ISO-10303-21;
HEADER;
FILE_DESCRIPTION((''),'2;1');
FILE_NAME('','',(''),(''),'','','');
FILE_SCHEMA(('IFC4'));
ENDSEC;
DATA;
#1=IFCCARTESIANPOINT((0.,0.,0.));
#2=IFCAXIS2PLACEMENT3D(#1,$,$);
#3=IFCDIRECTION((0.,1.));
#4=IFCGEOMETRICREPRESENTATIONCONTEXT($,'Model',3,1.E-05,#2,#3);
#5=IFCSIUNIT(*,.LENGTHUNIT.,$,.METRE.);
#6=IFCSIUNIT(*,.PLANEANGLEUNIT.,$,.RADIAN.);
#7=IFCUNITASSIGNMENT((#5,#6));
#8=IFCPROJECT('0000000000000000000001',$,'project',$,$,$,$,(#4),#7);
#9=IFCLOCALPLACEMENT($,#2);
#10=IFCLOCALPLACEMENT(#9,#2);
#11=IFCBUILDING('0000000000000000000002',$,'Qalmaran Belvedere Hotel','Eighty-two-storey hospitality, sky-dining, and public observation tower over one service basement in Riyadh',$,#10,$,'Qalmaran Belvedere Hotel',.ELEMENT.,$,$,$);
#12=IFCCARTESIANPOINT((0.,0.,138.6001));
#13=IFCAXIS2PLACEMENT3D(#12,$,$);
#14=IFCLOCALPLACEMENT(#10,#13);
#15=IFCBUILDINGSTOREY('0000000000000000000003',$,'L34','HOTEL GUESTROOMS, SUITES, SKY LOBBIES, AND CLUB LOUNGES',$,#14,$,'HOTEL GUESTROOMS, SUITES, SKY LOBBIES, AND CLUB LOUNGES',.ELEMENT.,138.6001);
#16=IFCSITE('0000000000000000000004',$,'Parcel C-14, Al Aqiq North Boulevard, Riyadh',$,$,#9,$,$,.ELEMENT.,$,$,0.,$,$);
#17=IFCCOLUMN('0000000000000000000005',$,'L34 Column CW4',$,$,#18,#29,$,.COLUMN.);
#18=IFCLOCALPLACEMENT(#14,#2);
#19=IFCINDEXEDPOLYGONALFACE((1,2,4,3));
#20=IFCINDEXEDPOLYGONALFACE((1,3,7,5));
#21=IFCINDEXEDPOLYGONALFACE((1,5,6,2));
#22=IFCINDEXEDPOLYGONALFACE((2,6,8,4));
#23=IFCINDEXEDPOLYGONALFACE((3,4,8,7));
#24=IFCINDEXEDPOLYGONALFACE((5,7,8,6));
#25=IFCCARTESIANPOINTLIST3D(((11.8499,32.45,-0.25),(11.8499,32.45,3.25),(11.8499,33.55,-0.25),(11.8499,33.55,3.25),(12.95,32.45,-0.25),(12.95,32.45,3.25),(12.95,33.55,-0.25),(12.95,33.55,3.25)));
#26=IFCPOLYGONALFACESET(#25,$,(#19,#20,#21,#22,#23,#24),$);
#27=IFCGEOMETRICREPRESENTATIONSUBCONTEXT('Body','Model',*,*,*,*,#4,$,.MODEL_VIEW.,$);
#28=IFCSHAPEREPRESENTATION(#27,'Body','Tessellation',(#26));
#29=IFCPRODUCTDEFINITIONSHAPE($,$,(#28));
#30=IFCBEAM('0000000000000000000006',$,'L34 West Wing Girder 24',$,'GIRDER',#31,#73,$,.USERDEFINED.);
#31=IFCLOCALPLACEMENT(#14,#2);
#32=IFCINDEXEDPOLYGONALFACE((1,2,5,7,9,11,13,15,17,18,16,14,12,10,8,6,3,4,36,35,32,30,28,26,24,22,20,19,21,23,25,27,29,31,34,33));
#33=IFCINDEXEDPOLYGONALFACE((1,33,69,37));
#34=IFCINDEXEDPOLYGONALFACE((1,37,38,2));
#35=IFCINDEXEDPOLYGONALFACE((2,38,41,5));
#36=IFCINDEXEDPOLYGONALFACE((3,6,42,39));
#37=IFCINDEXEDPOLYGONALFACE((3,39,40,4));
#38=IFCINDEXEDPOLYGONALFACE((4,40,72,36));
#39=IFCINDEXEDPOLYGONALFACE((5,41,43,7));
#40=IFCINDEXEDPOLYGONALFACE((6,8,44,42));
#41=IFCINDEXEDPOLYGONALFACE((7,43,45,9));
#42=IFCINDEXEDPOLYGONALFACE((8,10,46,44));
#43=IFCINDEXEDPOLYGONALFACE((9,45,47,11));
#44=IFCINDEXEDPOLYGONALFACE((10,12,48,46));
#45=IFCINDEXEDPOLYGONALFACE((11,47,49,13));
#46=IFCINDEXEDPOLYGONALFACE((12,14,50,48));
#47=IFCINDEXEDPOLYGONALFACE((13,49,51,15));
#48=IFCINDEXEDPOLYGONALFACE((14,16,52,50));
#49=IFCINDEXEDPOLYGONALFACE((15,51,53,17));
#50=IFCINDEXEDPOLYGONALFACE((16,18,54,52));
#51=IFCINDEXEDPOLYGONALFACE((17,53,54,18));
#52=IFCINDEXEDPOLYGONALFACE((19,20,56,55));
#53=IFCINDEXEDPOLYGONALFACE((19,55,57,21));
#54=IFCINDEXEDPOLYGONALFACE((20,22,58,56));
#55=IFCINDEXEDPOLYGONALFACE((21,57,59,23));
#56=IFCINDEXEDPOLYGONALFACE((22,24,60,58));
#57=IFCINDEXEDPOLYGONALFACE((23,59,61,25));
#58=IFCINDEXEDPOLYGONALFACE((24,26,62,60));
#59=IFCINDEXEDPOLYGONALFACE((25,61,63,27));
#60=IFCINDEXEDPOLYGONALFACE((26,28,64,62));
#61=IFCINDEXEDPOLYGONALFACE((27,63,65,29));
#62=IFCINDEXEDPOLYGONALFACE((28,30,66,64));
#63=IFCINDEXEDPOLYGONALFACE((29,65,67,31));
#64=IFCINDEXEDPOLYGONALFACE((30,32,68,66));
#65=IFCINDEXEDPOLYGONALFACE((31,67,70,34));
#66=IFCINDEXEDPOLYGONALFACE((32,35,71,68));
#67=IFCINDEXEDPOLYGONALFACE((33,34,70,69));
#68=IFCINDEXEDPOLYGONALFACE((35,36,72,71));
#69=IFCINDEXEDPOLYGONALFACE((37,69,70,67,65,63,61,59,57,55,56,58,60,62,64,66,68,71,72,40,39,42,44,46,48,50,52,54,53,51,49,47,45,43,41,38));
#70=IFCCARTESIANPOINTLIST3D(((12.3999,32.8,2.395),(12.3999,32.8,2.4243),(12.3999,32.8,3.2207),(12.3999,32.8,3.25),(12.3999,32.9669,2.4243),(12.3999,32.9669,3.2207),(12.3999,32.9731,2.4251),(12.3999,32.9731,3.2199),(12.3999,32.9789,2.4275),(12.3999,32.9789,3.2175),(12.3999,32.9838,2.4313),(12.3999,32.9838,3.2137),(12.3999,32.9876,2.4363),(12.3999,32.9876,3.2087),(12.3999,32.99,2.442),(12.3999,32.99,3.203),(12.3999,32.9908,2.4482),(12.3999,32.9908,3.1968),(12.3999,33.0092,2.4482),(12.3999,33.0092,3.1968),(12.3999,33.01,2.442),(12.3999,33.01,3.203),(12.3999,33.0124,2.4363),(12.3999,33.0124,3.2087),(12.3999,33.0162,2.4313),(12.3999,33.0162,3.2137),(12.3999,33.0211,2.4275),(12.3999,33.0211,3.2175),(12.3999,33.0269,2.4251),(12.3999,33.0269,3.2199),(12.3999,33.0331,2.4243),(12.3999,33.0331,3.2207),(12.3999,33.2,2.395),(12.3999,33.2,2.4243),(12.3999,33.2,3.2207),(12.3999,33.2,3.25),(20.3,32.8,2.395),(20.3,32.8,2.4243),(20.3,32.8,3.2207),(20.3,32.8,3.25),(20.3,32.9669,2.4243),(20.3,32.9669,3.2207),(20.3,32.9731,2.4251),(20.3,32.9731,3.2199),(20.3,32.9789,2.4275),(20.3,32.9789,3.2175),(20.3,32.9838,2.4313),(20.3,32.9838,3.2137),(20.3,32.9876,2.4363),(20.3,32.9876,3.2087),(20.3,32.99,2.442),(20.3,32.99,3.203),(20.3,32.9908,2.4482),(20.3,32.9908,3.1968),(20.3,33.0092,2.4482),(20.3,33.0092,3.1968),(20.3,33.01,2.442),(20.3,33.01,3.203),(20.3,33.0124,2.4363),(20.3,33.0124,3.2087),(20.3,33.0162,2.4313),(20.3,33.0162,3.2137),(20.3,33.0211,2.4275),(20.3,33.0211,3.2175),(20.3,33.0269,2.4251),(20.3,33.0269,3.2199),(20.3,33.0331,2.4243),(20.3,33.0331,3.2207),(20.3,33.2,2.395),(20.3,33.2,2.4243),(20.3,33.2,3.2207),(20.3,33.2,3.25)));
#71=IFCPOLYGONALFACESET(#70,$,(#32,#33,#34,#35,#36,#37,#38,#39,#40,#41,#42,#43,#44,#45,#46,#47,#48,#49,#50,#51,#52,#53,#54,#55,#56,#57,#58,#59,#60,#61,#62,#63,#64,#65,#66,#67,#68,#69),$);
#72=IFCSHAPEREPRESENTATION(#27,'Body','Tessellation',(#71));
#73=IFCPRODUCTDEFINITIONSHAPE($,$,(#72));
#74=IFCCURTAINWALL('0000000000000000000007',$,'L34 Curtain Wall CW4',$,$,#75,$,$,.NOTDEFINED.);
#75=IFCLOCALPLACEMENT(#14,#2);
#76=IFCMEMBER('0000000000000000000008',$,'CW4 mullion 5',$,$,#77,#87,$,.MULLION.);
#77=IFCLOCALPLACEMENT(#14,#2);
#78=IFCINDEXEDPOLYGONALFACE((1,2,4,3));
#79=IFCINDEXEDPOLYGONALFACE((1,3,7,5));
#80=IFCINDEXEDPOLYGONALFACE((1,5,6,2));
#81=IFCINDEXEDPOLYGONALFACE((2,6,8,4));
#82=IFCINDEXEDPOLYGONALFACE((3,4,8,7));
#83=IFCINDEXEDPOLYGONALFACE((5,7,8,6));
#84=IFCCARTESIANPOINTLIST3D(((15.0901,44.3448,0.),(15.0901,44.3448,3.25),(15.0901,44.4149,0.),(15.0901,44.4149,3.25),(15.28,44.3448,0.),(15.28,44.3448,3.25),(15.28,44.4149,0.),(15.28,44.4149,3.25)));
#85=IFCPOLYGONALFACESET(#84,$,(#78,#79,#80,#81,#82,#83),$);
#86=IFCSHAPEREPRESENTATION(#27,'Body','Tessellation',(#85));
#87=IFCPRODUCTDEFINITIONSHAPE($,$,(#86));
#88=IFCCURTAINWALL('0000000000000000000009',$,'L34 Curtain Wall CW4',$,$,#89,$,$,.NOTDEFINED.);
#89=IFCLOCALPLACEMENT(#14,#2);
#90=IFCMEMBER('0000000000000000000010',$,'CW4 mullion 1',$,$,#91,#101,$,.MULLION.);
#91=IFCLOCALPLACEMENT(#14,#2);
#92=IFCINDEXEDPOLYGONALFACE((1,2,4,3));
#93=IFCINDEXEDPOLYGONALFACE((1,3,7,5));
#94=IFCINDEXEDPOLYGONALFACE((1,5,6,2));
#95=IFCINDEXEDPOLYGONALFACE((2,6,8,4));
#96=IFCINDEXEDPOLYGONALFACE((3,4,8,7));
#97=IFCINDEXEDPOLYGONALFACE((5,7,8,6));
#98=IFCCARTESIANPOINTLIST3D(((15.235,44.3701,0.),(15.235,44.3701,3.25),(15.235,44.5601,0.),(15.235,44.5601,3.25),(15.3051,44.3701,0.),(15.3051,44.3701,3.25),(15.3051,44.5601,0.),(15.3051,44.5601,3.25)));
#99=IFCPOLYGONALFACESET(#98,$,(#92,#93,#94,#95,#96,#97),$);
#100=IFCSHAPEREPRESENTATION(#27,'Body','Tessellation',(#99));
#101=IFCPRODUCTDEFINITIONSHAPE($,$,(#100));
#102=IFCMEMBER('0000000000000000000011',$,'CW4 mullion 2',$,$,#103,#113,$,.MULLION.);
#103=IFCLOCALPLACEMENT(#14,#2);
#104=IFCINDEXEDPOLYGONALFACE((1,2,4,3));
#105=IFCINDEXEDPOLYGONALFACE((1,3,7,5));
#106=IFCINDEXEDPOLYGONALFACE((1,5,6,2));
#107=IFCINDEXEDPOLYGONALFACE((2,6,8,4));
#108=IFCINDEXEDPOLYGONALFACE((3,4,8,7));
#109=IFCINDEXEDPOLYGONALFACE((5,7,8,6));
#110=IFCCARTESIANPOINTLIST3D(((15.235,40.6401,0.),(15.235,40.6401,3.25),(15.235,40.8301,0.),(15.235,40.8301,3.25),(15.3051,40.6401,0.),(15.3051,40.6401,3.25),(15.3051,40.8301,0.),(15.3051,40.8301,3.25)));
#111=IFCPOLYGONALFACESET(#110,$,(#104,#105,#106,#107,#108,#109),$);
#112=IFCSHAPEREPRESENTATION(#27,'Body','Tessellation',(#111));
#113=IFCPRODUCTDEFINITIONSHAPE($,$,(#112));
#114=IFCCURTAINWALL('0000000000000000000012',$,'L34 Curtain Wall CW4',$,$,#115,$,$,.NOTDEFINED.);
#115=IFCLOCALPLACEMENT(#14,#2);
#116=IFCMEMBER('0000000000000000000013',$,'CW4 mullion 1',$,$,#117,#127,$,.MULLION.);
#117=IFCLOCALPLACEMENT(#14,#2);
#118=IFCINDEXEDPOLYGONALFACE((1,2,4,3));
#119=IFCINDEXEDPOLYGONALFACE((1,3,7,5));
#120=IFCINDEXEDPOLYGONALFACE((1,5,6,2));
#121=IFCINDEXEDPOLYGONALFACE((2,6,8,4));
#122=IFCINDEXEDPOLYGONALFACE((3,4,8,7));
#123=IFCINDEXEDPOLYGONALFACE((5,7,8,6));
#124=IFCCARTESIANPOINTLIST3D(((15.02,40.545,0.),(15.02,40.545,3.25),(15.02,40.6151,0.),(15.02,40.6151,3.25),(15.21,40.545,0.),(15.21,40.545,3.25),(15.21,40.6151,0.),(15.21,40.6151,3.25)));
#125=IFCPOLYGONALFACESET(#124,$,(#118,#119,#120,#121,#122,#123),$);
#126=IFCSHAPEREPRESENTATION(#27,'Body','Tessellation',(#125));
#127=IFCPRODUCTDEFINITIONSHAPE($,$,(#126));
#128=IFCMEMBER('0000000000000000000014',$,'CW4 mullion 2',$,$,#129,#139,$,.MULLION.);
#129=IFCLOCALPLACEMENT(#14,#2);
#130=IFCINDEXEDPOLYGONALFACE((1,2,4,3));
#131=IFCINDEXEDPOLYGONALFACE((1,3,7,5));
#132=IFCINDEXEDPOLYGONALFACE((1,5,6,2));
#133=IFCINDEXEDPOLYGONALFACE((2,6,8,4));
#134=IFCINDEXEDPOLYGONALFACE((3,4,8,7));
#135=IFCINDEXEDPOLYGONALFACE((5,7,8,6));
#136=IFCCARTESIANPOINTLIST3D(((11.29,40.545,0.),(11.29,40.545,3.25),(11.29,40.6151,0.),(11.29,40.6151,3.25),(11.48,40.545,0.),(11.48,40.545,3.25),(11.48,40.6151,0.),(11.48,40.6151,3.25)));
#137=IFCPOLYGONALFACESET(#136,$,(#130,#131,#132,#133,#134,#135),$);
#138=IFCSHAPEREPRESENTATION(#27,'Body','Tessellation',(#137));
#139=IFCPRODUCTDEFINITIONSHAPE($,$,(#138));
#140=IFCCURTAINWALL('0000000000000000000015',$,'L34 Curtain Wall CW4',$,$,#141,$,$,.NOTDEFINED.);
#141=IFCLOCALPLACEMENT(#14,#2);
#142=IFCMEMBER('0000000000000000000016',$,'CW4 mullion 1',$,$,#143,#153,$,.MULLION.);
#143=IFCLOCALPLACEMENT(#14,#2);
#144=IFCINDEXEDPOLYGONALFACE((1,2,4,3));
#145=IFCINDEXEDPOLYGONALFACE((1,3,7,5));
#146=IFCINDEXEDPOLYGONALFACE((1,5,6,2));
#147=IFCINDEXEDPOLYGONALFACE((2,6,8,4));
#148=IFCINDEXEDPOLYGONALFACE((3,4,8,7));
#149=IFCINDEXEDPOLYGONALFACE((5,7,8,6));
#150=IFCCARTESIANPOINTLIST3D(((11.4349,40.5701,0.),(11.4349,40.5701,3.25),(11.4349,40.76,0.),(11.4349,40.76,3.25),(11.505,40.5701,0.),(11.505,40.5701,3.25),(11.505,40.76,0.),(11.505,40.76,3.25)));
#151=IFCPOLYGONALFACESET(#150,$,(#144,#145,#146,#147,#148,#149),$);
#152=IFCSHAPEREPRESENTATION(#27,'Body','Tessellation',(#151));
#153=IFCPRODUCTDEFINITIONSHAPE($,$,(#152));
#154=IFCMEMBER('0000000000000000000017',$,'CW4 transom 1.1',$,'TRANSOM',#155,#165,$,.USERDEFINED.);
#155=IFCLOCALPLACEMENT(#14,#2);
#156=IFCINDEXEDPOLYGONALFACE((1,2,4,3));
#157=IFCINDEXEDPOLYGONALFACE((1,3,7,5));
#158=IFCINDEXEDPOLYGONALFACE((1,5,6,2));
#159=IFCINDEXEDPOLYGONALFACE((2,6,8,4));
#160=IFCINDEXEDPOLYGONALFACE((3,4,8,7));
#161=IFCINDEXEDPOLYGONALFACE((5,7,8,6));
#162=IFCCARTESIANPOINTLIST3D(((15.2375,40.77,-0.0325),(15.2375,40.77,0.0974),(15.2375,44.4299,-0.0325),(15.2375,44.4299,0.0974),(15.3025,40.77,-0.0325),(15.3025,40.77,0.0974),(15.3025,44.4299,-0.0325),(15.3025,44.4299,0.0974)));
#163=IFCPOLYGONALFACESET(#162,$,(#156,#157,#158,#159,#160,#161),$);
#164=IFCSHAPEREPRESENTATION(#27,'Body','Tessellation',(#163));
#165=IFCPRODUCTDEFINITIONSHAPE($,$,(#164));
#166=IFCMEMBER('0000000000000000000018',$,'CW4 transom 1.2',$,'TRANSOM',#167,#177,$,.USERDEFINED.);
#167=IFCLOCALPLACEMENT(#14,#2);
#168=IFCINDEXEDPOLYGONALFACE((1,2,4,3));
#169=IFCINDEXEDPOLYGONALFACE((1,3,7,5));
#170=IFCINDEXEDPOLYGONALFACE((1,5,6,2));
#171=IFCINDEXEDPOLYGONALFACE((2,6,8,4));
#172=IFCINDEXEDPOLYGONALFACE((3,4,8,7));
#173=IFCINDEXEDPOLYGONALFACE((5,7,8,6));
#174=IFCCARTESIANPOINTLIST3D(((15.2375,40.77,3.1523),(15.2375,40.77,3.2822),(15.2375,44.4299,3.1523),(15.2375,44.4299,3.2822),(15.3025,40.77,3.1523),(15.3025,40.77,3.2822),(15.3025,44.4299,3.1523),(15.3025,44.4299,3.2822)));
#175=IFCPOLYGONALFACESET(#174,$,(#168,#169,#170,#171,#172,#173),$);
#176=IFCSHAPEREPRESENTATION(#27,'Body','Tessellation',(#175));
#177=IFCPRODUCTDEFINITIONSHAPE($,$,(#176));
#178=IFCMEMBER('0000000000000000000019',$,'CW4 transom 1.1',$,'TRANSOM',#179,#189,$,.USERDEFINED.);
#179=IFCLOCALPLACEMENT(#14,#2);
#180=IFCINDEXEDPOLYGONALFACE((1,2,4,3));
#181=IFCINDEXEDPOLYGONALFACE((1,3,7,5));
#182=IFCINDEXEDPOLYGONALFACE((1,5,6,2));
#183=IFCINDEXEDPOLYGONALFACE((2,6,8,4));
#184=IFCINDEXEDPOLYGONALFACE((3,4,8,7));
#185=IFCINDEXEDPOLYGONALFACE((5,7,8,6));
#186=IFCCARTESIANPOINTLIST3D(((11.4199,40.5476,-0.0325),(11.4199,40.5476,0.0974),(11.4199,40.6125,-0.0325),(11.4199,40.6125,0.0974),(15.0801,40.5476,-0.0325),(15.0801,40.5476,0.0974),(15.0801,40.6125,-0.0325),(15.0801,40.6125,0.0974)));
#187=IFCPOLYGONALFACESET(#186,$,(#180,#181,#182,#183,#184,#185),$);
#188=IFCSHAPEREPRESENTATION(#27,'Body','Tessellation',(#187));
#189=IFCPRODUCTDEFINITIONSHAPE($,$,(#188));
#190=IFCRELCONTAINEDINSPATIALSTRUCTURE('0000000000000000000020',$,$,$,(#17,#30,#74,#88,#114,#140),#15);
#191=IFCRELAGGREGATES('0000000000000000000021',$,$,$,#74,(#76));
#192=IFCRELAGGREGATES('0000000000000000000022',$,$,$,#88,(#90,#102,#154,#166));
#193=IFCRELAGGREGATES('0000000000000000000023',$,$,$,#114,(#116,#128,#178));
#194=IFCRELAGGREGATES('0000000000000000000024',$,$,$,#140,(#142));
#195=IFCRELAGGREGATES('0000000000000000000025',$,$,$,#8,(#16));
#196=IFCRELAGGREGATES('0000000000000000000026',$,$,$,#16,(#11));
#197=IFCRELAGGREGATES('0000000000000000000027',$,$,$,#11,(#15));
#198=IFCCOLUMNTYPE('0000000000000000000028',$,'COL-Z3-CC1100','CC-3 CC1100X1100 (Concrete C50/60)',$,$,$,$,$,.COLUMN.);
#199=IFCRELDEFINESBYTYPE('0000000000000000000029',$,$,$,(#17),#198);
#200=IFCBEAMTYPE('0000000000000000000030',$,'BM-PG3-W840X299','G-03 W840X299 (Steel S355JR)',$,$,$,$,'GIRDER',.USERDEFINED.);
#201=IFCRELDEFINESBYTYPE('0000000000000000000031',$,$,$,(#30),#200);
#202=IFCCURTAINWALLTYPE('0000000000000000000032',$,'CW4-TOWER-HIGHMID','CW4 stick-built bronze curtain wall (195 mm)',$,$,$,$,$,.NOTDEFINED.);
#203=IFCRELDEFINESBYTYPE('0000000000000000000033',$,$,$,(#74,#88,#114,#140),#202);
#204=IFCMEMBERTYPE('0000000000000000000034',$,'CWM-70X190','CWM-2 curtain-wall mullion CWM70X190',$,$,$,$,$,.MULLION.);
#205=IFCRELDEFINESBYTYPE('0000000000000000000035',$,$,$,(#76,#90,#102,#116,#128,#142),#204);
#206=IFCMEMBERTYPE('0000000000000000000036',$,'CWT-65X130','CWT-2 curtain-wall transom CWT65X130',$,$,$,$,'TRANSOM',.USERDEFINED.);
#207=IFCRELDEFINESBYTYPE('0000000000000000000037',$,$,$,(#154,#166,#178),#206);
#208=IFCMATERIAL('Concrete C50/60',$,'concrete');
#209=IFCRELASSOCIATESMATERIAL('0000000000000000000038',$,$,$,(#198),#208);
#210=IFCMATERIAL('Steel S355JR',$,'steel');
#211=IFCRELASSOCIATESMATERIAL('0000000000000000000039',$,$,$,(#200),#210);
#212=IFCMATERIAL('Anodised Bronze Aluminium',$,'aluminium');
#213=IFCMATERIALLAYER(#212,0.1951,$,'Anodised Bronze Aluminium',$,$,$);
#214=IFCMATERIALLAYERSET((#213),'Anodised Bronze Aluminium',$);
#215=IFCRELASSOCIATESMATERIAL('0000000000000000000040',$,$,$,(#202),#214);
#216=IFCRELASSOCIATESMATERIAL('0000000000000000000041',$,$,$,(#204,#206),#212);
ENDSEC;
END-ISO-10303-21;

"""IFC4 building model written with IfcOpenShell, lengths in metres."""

from ifc_helpers import new_model, si_unit, direction, frame, origin, origin_2d, place, context, subcontext, project, spatial, rectangle, i_section, extrude, material, layer, layer_set, material_profile, profile_set, type_object, element, aggregate, save


model = new_model("IFC4")

# Units and contexts
model_context = context("Model", 3, precision=1e-05, world=origin(), true_north=direction((0.0, 1.0)))
body_context = subcontext(model_context, "Body", "Model", "MODEL_VIEW")
ifc_project = project(units=[si_unit("LENGTHUNIT", "METRE"), si_unit("PLANEANGLEUNIT", "RADIAN")], contexts=[model_context])

# Site, building, storey
site_placement = place(None, origin())
site = spatial("IfcSite", under=ifc_project, at=site_placement, Name="Parcel C-14, Al Aqiq North Boulevard, Riyadh", CompositionType="ELEMENT", RefElevation=0.0)
building_placement = place(site_placement, origin())
building = spatial("IfcBuilding", under=site, at=building_placement, Name="Qalmaran Belvedere Hotel", Description="Eighty-two-storey hospitality, sky-dining, and public observation tower over one service basement in Riyadh", LongName="Qalmaran Belvedere Hotel", CompositionType="ELEMENT")
storey_placement = place(building_placement, frame((0.0, 0.0, 138.6001)))
storey = spatial("IfcBuildingStorey", under=building, at=storey_placement, Name="L34", Description="HOTEL GUESTROOMS, SUITES, SKY LOBBIES, AND CLUB LOUNGES", LongName="HOTEL GUESTROOMS, SUITES, SKY LOBBIES, AND CLUB LOUNGES", CompositionType="ELEMENT", Elevation=138.6001)

# Column
ifc_material_1 = material(Name="Concrete C50/60", Category="concrete")
ifc_material_profile_1 = material_profile(ifc_material_1, rectangle(XDim=1.1001, YDim=1.1001, at=origin_2d()), Name="CC1100X1100")
ifc_profile_set_1 = profile_set([ifc_material_profile_1], Name="Concrete C50/60")
column_type = type_object("IfcColumnType", Name="COL-Z3-CC1100", Description="CC-3 CC1100X1100 (Concrete C50/60)", PredefinedType="COLUMN", material=ifc_profile_set_1)
column_placement = place(storey_placement, frame((12.3999, 33.0, -0.25), z_axis=(0.0, 0.0, 1.0), x_axis=(1.0, 0.0, 0.0)))
element("IfcColumn", 1, at=column_placement, inside=storey, type_object=column_type, Name="L34 Column CW4", PredefinedType="COLUMN", context=body_context, shape_type="SweptSolid", body=[
    extrude(rectangle(XDim=1.1001, YDim=1.1001, at=origin_2d()), origin(), (0.0, 0.0, 1.0), 3.5),
])

# Beam
ifc_material_2 = material(Name="Steel S355JR", Category="steel")
ifc_material_profile_2 = material_profile(ifc_material_2, i_section(OverallWidth=0.3999, OverallDepth=0.855, WebThickness=0.0183, FlangeThickness=0.0293, FilletRadius=0.0239, at=origin_2d()), Name="W840X299")
ifc_profile_set_2 = profile_set([ifc_material_profile_2], Name="Steel S355JR")
beam_type = type_object("IfcBeamType", Name="BM-PG3-W840X299", Description="G-03 W840X299 (Steel S355JR)", ElementType="GIRDER", PredefinedType="USERDEFINED", material=ifc_profile_set_2)
beam_placement = place(storey_placement, frame((12.3999, 33.0, 2.8225), z_axis=(1.0, 0.0, 0.0), x_axis=(0.0, 1.0, 0.0)))
element("IfcBeam", 2, at=beam_placement, inside=storey, type_object=beam_type, Name="L34 West Wing Girder 24", ObjectType="GIRDER", PredefinedType="USERDEFINED", context=body_context, shape_type="SweptSolid", body=[
    extrude(i_section(OverallWidth=0.3999, OverallDepth=0.855, WebThickness=0.0183, FlangeThickness=0.0293, FilletRadius=0.0239, at=origin_2d()), origin(), (0.0, 0.0, 1.0), 7.9001),
])

# Curtain wall, member
ifc_material_3 = material(Name="Anodised Bronze Aluminium", Category="aluminium")
ifc_layer_1 = layer(ifc_material_3, 0.1951, Name="Anodised Bronze Aluminium")
ifc_layer_set_1 = layer_set([ifc_layer_1], Name="Anodised Bronze Aluminium")
curtain_wall_type = type_object("IfcCurtainWallType", Name="CW4-TOWER-HIGHMID", Description="CW4 stick-built bronze curtain wall (195 mm)", PredefinedType="NOTDEFINED", material=ifc_layer_set_1)
curtain_wall_1_placement = place(storey_placement, origin())
curtain_wall_1 = element("IfcCurtainWall", 3, at=curtain_wall_1_placement, inside=storey, type_object=curtain_wall_type, Name="L34 Curtain Wall CW4", PredefinedType="NOTDEFINED")
ifc_material_profile_3 = material_profile(ifc_material_3, rectangle(XDim=0.0701, YDim=0.1899, at=origin_2d()), Name="CWM70X190")
ifc_profile_set_3 = profile_set([ifc_material_profile_3], Name="Anodised Bronze Aluminium")
member_type_1 = type_object("IfcMemberType", Name="CWM-70X190", Description="CWM-2 curtain-wall mullion CWM70X190", PredefinedType="MULLION", material=ifc_profile_set_3)
member_1_placement = place(storey_placement, frame((15.1851, 44.3799, 0.0), z_axis=(0.0, 0.0, 1.0), x_axis=(0.0, -1.0, 0.0)))
member_1 = element("IfcMember", 4, at=member_1_placement, type_object=member_type_1, Name="CW4 mullion 5", PredefinedType="MULLION", context=body_context, shape_type="SweptSolid", body=[
    extrude(rectangle(XDim=0.0701, YDim=0.1899, at=origin_2d()), origin(), (0.0, 0.0, 1.0), 3.25),
])
aggregate(curtain_wall_1, [member_1])

# Curtain walls, members
curtain_wall_2_placement = place(storey_placement, origin())
curtain_wall_2 = element("IfcCurtainWall", 5, at=curtain_wall_2_placement, inside=storey, type_object=curtain_wall_type, Name="L34 Curtain Wall CW4", PredefinedType="NOTDEFINED")
member_2_placement = place(storey_placement, frame((15.27, 44.4651, 0.0), z_axis=(0.0, 0.0, 1.0), x_axis=(1.0, 0.0, 0.0)))
member_2 = element("IfcMember", 6, at=member_2_placement, type_object=member_type_1, Name="CW4 mullion 1", PredefinedType="MULLION", context=body_context, shape_type="SweptSolid", body=[
    extrude(rectangle(XDim=0.0701, YDim=0.1899, at=origin_2d()), origin(), (0.0, 0.0, 1.0), 3.25),
])
member_3_placement = place(storey_placement, frame((15.27, 40.7351, 0.0), z_axis=(0.0, 0.0, 1.0), x_axis=(1.0, 0.0, 0.0)))
member_3 = element("IfcMember", 7, at=member_3_placement, type_object=member_type_1, Name="CW4 mullion 2", PredefinedType="MULLION", context=body_context, shape_type="SweptSolid", body=[
    extrude(rectangle(XDim=0.0701, YDim=0.1899, at=origin_2d()), origin(), (0.0, 0.0, 1.0), 3.25),
])
curtain_wall_3_placement = place(storey_placement, origin())
curtain_wall_3 = element("IfcCurtainWall", 8, at=curtain_wall_3_placement, inside=storey, type_object=curtain_wall_type, Name="L34 Curtain Wall CW4", PredefinedType="NOTDEFINED")
member_4_placement = place(storey_placement, frame((15.115, 40.5801, 0.0), z_axis=(0.0, 0.0, 1.0), x_axis=(0.0, -1.0, 0.0)))
member_4 = element("IfcMember", 9, at=member_4_placement, type_object=member_type_1, Name="CW4 mullion 1", PredefinedType="MULLION", context=body_context, shape_type="SweptSolid", body=[
    extrude(rectangle(XDim=0.0701, YDim=0.1899, at=origin_2d()), origin(), (0.0, 0.0, 1.0), 3.25),
])
member_5_placement = place(storey_placement, frame((11.385, 40.5801, 0.0), z_axis=(0.0, 0.0, 1.0), x_axis=(0.0, -1.0, 0.0)))
member_5 = element("IfcMember", 10, at=member_5_placement, type_object=member_type_1, Name="CW4 mullion 2", PredefinedType="MULLION", context=body_context, shape_type="SweptSolid", body=[
    extrude(rectangle(XDim=0.0701, YDim=0.1899, at=origin_2d()), origin(), (0.0, 0.0, 1.0), 3.25),
])

# Curtain wall, member
curtain_wall_4_placement = place(storey_placement, origin())
curtain_wall_4 = element("IfcCurtainWall", 11, at=curtain_wall_4_placement, inside=storey, type_object=curtain_wall_type, Name="L34 Curtain Wall CW4", PredefinedType="NOTDEFINED")
member_6_placement = place(storey_placement, frame((11.47, 40.665, 0.0), z_axis=(0.0, 0.0, 1.0), x_axis=(1.0, 0.0, 0.0)))
member_6 = element("IfcMember", 12, at=member_6_placement, type_object=member_type_1, Name="CW4 mullion 1", PredefinedType="MULLION", context=body_context, shape_type="SweptSolid", body=[
    extrude(rectangle(XDim=0.0701, YDim=0.1899, at=origin_2d()), origin(), (0.0, 0.0, 1.0), 3.25),
])

# Members
ifc_material_profile_4 = material_profile(ifc_material_3, rectangle(XDim=0.0649, YDim=0.1299, at=origin_2d()), Name="CWT65X130")
ifc_profile_set_4 = profile_set([ifc_material_profile_4], Name="Anodised Bronze Aluminium")
member_type_2 = type_object("IfcMemberType", Name="CWT-65X130", Description="CWT-2 curtain-wall transom CWT65X130", ElementType="TRANSOM", PredefinedType="USERDEFINED", material=ifc_profile_set_4)
member_7_placement = place(storey_placement, frame((15.27, 44.4299, 0.0325), z_axis=(0.0, -1.0, 0.0), x_axis=(1.0, 0.0, 0.0)))
member_7 = element("IfcMember", 13, at=member_7_placement, type_object=member_type_2, Name="CW4 transom 1.1", ObjectType="TRANSOM", PredefinedType="USERDEFINED", context=body_context, shape_type="SweptSolid", body=[
    extrude(rectangle(XDim=0.0649, YDim=0.1299, at=origin_2d()), origin(), (0.0, 0.0, 1.0), 3.6599),
])
member_8_placement = place(storey_placement, frame((15.27, 44.4299, 3.2173), z_axis=(0.0, -1.0, 0.0), x_axis=(1.0, 0.0, 0.0)))
member_8 = element("IfcMember", 14, at=member_8_placement, type_object=member_type_2, Name="CW4 transom 1.2", ObjectType="TRANSOM", PredefinedType="USERDEFINED", context=body_context, shape_type="SweptSolid", body=[
    extrude(rectangle(XDim=0.0649, YDim=0.1299, at=origin_2d()), origin(), (0.0, 0.0, 1.0), 3.6599),
])
member_9_placement = place(storey_placement, frame((15.0801, 40.5801, 0.0325), z_axis=(-1.0, 0.0, 0.0), x_axis=(0.0, -1.0, 0.0)))
member_9 = element("IfcMember", 15, at=member_9_placement, type_object=member_type_2, Name="CW4 transom 1.1", ObjectType="TRANSOM", PredefinedType="USERDEFINED", context=body_context, shape_type="SweptSolid", body=[
    extrude(rectangle(XDim=0.0649, YDim=0.1299, at=origin_2d()), origin(), (0.0, 0.0, 1.0), 3.6602),
])

aggregate(curtain_wall_2, [member_2, member_3, member_7, member_8])
aggregate(curtain_wall_3, [member_4, member_5, member_9])
aggregate(curtain_wall_4, [member_6])

save(model, "model.ifc")
